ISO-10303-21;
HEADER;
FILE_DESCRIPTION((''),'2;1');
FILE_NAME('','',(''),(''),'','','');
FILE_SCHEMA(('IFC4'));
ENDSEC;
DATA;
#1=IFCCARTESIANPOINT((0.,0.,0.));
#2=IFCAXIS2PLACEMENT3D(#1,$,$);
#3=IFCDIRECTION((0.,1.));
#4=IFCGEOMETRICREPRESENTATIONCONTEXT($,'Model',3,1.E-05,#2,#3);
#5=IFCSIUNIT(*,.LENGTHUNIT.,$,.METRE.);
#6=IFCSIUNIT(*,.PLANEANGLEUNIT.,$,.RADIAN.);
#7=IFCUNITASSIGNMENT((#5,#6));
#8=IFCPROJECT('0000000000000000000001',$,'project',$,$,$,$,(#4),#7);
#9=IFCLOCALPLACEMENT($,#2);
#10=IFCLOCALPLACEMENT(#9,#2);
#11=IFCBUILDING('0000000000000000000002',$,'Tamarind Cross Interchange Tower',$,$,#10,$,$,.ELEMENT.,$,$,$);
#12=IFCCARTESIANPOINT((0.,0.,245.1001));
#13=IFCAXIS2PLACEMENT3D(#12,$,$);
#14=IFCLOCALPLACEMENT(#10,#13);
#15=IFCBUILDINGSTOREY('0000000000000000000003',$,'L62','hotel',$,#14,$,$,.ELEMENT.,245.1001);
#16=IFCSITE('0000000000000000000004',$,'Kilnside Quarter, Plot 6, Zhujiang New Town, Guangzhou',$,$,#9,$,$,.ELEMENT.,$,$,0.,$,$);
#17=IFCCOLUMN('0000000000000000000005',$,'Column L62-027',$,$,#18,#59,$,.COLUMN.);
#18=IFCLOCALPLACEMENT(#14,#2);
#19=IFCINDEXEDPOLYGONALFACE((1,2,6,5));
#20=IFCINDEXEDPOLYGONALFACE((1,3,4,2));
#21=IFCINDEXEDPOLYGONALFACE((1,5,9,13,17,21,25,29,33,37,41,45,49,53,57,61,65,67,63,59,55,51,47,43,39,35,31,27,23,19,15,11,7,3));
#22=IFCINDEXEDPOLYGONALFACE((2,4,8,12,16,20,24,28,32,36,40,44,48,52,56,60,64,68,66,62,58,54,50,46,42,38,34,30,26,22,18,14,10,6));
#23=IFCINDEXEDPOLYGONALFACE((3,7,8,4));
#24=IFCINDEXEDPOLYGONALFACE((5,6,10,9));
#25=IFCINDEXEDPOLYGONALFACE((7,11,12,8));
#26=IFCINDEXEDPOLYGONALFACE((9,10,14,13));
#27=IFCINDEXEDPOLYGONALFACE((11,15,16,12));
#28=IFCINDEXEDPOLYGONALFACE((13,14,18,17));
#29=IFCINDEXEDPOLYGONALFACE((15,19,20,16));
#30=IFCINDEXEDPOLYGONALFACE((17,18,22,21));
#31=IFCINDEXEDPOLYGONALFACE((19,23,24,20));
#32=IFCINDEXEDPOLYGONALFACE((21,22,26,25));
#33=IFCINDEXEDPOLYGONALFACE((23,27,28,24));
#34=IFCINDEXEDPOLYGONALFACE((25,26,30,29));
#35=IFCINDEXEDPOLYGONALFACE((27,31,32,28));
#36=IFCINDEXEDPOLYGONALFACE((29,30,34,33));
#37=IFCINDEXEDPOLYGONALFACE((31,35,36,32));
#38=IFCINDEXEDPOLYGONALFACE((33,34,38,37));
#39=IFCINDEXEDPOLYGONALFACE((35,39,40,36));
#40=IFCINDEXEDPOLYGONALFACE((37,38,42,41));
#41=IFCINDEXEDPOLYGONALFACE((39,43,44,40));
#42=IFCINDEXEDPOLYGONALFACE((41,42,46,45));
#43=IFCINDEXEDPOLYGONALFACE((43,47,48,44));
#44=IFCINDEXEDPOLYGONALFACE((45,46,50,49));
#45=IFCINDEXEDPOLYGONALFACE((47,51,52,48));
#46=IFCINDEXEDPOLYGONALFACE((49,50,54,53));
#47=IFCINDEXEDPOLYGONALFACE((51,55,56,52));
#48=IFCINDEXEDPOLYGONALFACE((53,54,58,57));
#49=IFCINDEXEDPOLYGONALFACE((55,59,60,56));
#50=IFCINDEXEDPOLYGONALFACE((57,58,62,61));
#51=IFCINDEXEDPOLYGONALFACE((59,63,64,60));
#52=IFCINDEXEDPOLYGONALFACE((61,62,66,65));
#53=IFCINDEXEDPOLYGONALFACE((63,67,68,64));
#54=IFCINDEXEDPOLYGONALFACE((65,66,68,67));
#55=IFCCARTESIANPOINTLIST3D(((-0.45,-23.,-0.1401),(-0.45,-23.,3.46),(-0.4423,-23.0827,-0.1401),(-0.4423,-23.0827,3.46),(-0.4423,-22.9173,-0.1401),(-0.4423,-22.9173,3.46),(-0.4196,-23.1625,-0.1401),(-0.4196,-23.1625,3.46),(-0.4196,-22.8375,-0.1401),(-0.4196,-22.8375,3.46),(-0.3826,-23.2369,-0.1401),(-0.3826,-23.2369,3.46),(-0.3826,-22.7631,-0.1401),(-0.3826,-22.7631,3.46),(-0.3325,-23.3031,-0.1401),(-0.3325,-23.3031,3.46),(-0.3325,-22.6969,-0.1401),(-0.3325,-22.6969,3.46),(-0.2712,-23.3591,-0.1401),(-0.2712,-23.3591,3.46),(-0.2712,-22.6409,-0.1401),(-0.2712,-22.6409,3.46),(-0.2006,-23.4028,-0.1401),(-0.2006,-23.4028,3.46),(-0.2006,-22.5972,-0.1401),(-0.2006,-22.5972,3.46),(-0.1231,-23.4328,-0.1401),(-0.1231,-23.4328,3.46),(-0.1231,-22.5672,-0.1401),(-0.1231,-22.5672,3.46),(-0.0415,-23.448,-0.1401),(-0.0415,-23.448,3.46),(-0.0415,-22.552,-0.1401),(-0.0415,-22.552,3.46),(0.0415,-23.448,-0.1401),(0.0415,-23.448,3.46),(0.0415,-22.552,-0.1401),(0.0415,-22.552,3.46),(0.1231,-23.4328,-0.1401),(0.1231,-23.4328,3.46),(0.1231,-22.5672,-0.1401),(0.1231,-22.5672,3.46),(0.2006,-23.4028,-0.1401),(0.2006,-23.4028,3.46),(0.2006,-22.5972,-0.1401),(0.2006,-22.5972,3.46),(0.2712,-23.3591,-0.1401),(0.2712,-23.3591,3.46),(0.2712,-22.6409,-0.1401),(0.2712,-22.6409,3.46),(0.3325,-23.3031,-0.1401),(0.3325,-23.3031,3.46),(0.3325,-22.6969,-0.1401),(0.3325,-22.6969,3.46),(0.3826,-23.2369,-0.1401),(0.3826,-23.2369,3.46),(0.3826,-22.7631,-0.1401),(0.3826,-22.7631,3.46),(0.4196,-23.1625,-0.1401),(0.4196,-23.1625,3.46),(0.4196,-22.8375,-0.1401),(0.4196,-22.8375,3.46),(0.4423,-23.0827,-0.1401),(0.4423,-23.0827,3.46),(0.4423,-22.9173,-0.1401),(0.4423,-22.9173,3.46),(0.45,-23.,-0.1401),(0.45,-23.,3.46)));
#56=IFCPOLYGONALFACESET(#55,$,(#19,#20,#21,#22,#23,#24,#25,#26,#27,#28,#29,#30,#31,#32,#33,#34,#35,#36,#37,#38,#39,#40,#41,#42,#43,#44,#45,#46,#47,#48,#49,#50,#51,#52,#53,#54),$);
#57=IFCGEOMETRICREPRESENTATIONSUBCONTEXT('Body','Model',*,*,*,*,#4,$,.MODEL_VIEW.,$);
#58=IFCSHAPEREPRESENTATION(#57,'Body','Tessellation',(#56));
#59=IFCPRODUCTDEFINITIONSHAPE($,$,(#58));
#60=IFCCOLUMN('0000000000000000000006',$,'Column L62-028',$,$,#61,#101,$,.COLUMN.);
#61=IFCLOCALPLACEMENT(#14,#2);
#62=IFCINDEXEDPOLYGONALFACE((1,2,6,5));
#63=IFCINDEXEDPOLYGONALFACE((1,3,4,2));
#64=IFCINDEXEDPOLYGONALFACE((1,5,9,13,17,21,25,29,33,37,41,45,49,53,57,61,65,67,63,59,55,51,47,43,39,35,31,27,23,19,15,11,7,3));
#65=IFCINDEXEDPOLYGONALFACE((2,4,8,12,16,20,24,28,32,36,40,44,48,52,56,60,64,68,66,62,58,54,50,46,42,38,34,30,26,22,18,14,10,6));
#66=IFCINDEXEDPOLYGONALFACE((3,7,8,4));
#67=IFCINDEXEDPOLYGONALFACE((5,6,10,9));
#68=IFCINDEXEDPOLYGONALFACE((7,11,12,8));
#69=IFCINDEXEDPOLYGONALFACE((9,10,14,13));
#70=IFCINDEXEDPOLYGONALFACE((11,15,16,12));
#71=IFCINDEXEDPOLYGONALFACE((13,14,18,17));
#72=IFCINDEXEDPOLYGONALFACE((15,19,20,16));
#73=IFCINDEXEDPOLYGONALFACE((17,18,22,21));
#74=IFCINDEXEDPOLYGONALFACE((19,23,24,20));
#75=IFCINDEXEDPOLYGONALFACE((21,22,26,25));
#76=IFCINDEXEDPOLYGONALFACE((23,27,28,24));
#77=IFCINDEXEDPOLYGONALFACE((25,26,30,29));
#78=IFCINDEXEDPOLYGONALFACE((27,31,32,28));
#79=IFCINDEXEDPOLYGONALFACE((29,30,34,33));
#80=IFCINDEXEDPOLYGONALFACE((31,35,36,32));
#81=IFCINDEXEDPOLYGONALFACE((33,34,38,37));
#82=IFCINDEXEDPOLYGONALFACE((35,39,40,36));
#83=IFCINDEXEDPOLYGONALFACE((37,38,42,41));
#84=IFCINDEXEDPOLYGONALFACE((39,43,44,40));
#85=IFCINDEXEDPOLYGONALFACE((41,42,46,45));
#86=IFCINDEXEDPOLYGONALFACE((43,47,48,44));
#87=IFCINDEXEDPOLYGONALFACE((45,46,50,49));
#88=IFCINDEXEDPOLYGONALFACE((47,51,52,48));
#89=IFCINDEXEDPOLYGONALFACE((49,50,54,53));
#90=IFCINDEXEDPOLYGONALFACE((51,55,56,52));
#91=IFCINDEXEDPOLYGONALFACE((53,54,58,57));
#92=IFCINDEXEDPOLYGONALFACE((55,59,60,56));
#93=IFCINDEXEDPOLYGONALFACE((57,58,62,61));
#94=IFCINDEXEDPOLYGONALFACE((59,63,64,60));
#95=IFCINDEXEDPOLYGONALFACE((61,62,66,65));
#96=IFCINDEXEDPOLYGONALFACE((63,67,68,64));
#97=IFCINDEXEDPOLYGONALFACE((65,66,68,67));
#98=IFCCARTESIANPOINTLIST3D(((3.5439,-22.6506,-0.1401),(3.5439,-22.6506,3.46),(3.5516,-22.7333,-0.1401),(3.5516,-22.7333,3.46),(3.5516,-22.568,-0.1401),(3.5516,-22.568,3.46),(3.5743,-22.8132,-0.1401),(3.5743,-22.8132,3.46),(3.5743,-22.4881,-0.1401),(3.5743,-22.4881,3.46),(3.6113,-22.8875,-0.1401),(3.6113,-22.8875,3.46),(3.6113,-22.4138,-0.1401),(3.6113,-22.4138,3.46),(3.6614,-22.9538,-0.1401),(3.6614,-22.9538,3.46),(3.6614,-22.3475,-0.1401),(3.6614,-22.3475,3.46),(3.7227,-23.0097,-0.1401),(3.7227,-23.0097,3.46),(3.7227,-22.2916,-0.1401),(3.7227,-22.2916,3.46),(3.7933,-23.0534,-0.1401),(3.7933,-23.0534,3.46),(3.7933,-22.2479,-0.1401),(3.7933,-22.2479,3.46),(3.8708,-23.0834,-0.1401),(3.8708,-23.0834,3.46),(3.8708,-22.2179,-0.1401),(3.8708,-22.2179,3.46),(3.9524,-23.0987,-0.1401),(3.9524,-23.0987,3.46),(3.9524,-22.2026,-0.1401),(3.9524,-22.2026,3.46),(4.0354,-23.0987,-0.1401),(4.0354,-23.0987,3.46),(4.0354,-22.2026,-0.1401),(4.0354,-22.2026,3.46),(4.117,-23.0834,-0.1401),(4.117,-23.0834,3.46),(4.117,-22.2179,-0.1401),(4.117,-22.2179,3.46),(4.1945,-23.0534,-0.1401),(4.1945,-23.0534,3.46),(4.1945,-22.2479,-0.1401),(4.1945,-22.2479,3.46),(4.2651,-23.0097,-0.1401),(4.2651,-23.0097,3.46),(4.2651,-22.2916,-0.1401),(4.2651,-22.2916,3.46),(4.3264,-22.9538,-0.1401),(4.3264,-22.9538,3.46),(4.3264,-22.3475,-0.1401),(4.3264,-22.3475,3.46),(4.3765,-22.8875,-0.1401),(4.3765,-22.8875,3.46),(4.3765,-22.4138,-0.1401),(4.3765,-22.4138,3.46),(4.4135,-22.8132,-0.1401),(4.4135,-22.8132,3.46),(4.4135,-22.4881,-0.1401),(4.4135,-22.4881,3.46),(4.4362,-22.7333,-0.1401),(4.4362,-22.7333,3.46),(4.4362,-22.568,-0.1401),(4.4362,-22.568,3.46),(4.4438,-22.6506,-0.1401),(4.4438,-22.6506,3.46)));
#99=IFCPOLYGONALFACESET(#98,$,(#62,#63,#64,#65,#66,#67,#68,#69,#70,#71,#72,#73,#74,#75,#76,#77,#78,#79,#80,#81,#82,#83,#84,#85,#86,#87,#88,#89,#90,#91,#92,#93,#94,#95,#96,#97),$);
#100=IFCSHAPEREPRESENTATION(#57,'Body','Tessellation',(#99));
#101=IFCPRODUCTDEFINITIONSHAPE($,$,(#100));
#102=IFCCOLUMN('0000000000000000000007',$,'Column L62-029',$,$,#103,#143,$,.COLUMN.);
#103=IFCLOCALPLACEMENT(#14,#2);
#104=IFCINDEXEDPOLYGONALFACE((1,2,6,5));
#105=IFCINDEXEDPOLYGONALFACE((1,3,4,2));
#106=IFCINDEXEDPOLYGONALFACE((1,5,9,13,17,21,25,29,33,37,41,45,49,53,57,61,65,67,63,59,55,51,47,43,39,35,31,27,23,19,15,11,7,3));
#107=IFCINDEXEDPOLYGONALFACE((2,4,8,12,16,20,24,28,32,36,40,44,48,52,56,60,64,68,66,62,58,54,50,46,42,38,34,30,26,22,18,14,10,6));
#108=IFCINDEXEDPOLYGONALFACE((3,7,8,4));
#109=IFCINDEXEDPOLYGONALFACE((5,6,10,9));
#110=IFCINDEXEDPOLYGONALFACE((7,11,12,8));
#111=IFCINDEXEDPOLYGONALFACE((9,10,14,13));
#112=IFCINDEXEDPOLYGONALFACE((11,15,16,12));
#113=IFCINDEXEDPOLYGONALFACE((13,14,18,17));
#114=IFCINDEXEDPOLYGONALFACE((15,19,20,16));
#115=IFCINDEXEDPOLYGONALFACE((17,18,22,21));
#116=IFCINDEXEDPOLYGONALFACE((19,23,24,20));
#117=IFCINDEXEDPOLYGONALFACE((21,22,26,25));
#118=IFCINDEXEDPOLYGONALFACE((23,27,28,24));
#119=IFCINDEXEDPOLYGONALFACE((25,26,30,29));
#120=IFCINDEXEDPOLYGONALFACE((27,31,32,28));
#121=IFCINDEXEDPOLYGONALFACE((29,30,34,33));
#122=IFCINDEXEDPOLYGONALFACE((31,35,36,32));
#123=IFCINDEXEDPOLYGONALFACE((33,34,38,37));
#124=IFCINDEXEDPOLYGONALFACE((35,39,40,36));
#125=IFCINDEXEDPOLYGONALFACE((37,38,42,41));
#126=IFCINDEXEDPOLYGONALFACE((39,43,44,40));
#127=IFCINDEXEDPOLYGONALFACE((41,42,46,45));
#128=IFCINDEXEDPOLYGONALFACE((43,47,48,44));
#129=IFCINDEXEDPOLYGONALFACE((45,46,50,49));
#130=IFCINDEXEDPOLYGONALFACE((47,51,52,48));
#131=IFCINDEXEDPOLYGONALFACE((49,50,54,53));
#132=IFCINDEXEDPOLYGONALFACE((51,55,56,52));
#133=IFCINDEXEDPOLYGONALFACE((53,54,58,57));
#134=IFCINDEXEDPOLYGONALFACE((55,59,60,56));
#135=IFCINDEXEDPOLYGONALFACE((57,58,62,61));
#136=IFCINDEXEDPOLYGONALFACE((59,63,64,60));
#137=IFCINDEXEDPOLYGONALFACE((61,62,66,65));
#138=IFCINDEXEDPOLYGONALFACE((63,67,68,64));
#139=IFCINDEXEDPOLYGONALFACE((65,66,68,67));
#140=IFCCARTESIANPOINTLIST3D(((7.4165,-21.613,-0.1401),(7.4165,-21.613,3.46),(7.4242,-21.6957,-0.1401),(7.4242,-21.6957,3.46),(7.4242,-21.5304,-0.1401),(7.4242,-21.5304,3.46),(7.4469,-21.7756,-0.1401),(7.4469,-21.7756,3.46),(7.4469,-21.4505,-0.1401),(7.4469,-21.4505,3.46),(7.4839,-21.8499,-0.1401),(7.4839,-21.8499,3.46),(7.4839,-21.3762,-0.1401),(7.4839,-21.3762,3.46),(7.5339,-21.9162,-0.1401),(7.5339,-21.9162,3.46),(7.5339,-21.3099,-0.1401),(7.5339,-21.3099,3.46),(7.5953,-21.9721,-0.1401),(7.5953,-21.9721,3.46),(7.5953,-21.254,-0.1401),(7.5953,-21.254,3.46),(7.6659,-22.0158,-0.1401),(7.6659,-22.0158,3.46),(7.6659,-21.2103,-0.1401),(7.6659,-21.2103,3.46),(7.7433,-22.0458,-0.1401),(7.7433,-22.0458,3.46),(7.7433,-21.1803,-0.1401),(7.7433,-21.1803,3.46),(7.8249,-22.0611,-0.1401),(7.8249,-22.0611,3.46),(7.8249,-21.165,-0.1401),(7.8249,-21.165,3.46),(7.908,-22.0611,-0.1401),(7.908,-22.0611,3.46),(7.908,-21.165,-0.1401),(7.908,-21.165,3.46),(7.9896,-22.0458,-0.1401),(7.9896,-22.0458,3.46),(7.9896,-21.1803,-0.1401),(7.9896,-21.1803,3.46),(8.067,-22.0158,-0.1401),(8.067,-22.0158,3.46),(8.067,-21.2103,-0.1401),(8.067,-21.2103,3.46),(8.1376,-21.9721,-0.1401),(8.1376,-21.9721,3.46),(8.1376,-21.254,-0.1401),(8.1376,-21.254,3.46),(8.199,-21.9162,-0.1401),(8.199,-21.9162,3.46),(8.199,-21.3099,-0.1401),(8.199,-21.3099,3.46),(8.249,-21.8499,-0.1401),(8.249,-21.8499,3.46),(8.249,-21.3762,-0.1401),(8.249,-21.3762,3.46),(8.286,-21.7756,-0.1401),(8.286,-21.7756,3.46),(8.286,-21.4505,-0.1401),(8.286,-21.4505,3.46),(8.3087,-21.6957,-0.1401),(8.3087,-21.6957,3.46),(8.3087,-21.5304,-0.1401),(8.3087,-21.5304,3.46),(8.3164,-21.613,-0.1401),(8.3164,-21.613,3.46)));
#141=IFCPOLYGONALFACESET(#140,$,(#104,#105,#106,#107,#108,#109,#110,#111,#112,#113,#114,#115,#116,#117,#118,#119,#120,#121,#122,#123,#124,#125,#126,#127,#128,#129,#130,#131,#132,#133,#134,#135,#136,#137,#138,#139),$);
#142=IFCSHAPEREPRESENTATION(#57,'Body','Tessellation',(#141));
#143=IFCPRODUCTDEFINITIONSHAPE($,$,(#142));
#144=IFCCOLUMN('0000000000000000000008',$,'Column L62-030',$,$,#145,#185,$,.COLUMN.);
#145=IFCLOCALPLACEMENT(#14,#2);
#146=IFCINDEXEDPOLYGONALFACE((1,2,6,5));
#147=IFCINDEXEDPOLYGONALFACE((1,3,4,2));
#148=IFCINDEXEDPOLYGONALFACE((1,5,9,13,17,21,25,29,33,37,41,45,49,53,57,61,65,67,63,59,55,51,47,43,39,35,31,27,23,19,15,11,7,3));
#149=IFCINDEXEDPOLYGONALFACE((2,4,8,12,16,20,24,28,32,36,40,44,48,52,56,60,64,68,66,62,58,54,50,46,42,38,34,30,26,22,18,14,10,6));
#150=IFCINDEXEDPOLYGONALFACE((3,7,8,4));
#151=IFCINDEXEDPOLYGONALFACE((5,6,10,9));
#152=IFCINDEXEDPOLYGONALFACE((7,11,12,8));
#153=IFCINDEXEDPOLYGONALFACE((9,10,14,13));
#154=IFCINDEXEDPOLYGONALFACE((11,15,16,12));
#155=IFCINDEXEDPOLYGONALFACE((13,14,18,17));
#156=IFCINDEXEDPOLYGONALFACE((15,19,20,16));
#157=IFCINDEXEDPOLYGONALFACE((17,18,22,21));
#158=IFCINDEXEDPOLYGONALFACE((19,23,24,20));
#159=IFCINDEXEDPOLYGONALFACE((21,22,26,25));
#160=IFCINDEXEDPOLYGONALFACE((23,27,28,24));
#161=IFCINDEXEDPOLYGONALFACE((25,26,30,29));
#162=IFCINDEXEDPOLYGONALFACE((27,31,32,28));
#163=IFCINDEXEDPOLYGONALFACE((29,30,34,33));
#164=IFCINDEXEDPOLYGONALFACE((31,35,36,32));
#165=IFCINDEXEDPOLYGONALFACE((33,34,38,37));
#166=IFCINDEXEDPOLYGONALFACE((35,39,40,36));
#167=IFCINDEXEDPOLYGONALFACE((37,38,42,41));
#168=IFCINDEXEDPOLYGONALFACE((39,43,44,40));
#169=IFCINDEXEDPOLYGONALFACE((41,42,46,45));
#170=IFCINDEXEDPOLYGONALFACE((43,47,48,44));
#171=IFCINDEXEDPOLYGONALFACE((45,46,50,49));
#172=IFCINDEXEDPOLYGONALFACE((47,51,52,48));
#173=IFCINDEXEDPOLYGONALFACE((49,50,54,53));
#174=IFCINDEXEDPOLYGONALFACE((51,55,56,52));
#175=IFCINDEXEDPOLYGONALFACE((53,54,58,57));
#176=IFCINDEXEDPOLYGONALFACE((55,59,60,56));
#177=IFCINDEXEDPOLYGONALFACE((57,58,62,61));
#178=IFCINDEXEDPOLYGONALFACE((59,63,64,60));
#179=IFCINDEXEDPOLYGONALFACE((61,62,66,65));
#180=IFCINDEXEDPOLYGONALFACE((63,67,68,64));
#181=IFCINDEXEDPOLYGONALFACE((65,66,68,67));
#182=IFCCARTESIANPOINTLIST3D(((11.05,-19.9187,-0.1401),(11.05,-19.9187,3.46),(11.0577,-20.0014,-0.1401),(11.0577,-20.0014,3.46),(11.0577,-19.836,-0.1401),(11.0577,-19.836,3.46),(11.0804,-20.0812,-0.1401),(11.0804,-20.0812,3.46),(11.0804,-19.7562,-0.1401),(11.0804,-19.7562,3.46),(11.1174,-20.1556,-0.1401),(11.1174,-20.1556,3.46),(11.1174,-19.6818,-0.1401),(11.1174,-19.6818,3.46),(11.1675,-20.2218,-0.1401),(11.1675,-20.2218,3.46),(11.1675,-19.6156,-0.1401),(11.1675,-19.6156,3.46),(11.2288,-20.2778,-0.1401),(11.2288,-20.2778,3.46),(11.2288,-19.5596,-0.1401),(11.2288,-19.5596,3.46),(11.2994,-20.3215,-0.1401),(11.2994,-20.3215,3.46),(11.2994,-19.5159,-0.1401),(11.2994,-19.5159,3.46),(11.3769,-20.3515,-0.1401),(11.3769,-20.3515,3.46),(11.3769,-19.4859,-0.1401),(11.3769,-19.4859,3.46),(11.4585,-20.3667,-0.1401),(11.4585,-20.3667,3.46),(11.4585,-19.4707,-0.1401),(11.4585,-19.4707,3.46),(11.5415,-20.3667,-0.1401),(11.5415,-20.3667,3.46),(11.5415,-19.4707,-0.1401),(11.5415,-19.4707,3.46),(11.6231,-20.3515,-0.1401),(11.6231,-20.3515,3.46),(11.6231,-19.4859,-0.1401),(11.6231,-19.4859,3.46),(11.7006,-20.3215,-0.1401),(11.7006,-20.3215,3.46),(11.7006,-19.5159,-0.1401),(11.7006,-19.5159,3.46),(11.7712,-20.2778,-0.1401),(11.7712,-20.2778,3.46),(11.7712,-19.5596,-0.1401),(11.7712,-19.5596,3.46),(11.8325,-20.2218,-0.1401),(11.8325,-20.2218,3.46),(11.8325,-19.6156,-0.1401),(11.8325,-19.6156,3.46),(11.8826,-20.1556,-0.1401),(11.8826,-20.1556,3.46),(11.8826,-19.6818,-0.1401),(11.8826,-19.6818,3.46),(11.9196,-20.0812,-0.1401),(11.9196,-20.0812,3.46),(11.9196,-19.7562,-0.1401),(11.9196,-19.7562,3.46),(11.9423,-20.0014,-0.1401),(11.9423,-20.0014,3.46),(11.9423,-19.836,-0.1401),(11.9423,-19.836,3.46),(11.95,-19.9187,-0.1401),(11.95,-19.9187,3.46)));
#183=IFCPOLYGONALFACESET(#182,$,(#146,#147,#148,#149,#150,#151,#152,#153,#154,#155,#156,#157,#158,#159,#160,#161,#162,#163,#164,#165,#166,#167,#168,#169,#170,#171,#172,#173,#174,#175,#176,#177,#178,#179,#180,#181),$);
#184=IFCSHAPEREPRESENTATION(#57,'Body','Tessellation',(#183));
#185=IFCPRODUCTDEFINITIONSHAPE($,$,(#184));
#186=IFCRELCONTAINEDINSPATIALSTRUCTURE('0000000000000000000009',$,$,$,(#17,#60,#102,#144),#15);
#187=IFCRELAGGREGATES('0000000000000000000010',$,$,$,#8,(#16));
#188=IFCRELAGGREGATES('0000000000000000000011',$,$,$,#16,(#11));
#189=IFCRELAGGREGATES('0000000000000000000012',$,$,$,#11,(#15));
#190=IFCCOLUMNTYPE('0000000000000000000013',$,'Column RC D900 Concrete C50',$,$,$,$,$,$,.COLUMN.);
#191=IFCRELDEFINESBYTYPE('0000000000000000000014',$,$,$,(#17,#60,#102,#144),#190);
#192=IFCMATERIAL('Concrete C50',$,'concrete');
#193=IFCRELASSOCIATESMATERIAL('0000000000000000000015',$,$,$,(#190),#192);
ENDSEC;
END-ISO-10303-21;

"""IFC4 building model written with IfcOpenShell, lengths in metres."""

from ifc_helpers import new_model, si_unit, direction, frame, origin, origin_2d, place, context, subcontext, project, spatial, circle, extrude, material, material_profile, profile_set, type_object, element, save


model = new_model("IFC4")

# Units and contexts
model_context = context("Model", 3, precision=1e-05, world=origin(), true_north=direction((0.0, 1.0)))
body_context = subcontext(model_context, "Body", "Model", "MODEL_VIEW")
ifc_project = project(units=[si_unit("LENGTHUNIT", "METRE"), si_unit("PLANEANGLEUNIT", "RADIAN")], contexts=[model_context])

# Site, building, storey
site_placement = place(None, origin())
site = spatial("IfcSite", under=ifc_project, at=site_placement, Name="Kilnside Quarter, Plot 6, Zhujiang New Town, Guangzhou", CompositionType="ELEMENT", RefElevation=0.0)
building_placement = place(site_placement, origin())
building = spatial("IfcBuilding", under=site, at=building_placement, Name="Tamarind Cross Interchange Tower", CompositionType="ELEMENT")
storey_placement = place(building_placement, frame((0.0, 0.0, 245.1001)))
storey = spatial("IfcBuildingStorey", under=building, at=storey_placement, Name="L62", Description="hotel", CompositionType="ELEMENT", Elevation=245.1001)

# Columns
ifc_material_1 = material(Name="Concrete C50", Category="concrete")
ifc_material_profile_1 = material_profile(ifc_material_1, circle(Radius=0.45, at=origin_2d()), Name="RC D900")
ifc_profile_set_1 = profile_set([ifc_material_profile_1], Name="Concrete C50")
column_type = type_object("IfcColumnType", Name="Column RC D900 Concrete C50", PredefinedType="COLUMN", material=ifc_profile_set_1)
for number, where, z_axis, x_axis, name in (
    (1, (0.0, -23.0, -0.1401), (0.0, 0.0, 1.0), (1.0, 0.0, 0.0), "Column L62-027"),
    (2, (3.9939, -22.6506, -0.1401), (0.0, 0.0, 1.0), (1.0, 0.0, 0.0), "Column L62-028"),
    (3, (7.8665, -21.613, -0.1401), (0.0, 0.0, 1.0), (1.0, 0.0, 0.0), "Column L62-029"),
    (4, (11.5, -19.9187, -0.1401), (0.0, 0.0, 1.0), (1.0, 0.0, 0.0), "Column L62-030"),
):
    element("IfcColumn", number, at=place(storey_placement, frame(where, z_axis=z_axis, x_axis=x_axis)), inside=storey, type_object=column_type, Name=name, PredefinedType="COLUMN", context=body_context, shape_type="SweptSolid", body=[
        extrude(circle(Radius=0.45, at=origin_2d()), origin(), (0.0, 0.0, 1.0), 3.6001),
    ])

save(model, "model.ifc")
